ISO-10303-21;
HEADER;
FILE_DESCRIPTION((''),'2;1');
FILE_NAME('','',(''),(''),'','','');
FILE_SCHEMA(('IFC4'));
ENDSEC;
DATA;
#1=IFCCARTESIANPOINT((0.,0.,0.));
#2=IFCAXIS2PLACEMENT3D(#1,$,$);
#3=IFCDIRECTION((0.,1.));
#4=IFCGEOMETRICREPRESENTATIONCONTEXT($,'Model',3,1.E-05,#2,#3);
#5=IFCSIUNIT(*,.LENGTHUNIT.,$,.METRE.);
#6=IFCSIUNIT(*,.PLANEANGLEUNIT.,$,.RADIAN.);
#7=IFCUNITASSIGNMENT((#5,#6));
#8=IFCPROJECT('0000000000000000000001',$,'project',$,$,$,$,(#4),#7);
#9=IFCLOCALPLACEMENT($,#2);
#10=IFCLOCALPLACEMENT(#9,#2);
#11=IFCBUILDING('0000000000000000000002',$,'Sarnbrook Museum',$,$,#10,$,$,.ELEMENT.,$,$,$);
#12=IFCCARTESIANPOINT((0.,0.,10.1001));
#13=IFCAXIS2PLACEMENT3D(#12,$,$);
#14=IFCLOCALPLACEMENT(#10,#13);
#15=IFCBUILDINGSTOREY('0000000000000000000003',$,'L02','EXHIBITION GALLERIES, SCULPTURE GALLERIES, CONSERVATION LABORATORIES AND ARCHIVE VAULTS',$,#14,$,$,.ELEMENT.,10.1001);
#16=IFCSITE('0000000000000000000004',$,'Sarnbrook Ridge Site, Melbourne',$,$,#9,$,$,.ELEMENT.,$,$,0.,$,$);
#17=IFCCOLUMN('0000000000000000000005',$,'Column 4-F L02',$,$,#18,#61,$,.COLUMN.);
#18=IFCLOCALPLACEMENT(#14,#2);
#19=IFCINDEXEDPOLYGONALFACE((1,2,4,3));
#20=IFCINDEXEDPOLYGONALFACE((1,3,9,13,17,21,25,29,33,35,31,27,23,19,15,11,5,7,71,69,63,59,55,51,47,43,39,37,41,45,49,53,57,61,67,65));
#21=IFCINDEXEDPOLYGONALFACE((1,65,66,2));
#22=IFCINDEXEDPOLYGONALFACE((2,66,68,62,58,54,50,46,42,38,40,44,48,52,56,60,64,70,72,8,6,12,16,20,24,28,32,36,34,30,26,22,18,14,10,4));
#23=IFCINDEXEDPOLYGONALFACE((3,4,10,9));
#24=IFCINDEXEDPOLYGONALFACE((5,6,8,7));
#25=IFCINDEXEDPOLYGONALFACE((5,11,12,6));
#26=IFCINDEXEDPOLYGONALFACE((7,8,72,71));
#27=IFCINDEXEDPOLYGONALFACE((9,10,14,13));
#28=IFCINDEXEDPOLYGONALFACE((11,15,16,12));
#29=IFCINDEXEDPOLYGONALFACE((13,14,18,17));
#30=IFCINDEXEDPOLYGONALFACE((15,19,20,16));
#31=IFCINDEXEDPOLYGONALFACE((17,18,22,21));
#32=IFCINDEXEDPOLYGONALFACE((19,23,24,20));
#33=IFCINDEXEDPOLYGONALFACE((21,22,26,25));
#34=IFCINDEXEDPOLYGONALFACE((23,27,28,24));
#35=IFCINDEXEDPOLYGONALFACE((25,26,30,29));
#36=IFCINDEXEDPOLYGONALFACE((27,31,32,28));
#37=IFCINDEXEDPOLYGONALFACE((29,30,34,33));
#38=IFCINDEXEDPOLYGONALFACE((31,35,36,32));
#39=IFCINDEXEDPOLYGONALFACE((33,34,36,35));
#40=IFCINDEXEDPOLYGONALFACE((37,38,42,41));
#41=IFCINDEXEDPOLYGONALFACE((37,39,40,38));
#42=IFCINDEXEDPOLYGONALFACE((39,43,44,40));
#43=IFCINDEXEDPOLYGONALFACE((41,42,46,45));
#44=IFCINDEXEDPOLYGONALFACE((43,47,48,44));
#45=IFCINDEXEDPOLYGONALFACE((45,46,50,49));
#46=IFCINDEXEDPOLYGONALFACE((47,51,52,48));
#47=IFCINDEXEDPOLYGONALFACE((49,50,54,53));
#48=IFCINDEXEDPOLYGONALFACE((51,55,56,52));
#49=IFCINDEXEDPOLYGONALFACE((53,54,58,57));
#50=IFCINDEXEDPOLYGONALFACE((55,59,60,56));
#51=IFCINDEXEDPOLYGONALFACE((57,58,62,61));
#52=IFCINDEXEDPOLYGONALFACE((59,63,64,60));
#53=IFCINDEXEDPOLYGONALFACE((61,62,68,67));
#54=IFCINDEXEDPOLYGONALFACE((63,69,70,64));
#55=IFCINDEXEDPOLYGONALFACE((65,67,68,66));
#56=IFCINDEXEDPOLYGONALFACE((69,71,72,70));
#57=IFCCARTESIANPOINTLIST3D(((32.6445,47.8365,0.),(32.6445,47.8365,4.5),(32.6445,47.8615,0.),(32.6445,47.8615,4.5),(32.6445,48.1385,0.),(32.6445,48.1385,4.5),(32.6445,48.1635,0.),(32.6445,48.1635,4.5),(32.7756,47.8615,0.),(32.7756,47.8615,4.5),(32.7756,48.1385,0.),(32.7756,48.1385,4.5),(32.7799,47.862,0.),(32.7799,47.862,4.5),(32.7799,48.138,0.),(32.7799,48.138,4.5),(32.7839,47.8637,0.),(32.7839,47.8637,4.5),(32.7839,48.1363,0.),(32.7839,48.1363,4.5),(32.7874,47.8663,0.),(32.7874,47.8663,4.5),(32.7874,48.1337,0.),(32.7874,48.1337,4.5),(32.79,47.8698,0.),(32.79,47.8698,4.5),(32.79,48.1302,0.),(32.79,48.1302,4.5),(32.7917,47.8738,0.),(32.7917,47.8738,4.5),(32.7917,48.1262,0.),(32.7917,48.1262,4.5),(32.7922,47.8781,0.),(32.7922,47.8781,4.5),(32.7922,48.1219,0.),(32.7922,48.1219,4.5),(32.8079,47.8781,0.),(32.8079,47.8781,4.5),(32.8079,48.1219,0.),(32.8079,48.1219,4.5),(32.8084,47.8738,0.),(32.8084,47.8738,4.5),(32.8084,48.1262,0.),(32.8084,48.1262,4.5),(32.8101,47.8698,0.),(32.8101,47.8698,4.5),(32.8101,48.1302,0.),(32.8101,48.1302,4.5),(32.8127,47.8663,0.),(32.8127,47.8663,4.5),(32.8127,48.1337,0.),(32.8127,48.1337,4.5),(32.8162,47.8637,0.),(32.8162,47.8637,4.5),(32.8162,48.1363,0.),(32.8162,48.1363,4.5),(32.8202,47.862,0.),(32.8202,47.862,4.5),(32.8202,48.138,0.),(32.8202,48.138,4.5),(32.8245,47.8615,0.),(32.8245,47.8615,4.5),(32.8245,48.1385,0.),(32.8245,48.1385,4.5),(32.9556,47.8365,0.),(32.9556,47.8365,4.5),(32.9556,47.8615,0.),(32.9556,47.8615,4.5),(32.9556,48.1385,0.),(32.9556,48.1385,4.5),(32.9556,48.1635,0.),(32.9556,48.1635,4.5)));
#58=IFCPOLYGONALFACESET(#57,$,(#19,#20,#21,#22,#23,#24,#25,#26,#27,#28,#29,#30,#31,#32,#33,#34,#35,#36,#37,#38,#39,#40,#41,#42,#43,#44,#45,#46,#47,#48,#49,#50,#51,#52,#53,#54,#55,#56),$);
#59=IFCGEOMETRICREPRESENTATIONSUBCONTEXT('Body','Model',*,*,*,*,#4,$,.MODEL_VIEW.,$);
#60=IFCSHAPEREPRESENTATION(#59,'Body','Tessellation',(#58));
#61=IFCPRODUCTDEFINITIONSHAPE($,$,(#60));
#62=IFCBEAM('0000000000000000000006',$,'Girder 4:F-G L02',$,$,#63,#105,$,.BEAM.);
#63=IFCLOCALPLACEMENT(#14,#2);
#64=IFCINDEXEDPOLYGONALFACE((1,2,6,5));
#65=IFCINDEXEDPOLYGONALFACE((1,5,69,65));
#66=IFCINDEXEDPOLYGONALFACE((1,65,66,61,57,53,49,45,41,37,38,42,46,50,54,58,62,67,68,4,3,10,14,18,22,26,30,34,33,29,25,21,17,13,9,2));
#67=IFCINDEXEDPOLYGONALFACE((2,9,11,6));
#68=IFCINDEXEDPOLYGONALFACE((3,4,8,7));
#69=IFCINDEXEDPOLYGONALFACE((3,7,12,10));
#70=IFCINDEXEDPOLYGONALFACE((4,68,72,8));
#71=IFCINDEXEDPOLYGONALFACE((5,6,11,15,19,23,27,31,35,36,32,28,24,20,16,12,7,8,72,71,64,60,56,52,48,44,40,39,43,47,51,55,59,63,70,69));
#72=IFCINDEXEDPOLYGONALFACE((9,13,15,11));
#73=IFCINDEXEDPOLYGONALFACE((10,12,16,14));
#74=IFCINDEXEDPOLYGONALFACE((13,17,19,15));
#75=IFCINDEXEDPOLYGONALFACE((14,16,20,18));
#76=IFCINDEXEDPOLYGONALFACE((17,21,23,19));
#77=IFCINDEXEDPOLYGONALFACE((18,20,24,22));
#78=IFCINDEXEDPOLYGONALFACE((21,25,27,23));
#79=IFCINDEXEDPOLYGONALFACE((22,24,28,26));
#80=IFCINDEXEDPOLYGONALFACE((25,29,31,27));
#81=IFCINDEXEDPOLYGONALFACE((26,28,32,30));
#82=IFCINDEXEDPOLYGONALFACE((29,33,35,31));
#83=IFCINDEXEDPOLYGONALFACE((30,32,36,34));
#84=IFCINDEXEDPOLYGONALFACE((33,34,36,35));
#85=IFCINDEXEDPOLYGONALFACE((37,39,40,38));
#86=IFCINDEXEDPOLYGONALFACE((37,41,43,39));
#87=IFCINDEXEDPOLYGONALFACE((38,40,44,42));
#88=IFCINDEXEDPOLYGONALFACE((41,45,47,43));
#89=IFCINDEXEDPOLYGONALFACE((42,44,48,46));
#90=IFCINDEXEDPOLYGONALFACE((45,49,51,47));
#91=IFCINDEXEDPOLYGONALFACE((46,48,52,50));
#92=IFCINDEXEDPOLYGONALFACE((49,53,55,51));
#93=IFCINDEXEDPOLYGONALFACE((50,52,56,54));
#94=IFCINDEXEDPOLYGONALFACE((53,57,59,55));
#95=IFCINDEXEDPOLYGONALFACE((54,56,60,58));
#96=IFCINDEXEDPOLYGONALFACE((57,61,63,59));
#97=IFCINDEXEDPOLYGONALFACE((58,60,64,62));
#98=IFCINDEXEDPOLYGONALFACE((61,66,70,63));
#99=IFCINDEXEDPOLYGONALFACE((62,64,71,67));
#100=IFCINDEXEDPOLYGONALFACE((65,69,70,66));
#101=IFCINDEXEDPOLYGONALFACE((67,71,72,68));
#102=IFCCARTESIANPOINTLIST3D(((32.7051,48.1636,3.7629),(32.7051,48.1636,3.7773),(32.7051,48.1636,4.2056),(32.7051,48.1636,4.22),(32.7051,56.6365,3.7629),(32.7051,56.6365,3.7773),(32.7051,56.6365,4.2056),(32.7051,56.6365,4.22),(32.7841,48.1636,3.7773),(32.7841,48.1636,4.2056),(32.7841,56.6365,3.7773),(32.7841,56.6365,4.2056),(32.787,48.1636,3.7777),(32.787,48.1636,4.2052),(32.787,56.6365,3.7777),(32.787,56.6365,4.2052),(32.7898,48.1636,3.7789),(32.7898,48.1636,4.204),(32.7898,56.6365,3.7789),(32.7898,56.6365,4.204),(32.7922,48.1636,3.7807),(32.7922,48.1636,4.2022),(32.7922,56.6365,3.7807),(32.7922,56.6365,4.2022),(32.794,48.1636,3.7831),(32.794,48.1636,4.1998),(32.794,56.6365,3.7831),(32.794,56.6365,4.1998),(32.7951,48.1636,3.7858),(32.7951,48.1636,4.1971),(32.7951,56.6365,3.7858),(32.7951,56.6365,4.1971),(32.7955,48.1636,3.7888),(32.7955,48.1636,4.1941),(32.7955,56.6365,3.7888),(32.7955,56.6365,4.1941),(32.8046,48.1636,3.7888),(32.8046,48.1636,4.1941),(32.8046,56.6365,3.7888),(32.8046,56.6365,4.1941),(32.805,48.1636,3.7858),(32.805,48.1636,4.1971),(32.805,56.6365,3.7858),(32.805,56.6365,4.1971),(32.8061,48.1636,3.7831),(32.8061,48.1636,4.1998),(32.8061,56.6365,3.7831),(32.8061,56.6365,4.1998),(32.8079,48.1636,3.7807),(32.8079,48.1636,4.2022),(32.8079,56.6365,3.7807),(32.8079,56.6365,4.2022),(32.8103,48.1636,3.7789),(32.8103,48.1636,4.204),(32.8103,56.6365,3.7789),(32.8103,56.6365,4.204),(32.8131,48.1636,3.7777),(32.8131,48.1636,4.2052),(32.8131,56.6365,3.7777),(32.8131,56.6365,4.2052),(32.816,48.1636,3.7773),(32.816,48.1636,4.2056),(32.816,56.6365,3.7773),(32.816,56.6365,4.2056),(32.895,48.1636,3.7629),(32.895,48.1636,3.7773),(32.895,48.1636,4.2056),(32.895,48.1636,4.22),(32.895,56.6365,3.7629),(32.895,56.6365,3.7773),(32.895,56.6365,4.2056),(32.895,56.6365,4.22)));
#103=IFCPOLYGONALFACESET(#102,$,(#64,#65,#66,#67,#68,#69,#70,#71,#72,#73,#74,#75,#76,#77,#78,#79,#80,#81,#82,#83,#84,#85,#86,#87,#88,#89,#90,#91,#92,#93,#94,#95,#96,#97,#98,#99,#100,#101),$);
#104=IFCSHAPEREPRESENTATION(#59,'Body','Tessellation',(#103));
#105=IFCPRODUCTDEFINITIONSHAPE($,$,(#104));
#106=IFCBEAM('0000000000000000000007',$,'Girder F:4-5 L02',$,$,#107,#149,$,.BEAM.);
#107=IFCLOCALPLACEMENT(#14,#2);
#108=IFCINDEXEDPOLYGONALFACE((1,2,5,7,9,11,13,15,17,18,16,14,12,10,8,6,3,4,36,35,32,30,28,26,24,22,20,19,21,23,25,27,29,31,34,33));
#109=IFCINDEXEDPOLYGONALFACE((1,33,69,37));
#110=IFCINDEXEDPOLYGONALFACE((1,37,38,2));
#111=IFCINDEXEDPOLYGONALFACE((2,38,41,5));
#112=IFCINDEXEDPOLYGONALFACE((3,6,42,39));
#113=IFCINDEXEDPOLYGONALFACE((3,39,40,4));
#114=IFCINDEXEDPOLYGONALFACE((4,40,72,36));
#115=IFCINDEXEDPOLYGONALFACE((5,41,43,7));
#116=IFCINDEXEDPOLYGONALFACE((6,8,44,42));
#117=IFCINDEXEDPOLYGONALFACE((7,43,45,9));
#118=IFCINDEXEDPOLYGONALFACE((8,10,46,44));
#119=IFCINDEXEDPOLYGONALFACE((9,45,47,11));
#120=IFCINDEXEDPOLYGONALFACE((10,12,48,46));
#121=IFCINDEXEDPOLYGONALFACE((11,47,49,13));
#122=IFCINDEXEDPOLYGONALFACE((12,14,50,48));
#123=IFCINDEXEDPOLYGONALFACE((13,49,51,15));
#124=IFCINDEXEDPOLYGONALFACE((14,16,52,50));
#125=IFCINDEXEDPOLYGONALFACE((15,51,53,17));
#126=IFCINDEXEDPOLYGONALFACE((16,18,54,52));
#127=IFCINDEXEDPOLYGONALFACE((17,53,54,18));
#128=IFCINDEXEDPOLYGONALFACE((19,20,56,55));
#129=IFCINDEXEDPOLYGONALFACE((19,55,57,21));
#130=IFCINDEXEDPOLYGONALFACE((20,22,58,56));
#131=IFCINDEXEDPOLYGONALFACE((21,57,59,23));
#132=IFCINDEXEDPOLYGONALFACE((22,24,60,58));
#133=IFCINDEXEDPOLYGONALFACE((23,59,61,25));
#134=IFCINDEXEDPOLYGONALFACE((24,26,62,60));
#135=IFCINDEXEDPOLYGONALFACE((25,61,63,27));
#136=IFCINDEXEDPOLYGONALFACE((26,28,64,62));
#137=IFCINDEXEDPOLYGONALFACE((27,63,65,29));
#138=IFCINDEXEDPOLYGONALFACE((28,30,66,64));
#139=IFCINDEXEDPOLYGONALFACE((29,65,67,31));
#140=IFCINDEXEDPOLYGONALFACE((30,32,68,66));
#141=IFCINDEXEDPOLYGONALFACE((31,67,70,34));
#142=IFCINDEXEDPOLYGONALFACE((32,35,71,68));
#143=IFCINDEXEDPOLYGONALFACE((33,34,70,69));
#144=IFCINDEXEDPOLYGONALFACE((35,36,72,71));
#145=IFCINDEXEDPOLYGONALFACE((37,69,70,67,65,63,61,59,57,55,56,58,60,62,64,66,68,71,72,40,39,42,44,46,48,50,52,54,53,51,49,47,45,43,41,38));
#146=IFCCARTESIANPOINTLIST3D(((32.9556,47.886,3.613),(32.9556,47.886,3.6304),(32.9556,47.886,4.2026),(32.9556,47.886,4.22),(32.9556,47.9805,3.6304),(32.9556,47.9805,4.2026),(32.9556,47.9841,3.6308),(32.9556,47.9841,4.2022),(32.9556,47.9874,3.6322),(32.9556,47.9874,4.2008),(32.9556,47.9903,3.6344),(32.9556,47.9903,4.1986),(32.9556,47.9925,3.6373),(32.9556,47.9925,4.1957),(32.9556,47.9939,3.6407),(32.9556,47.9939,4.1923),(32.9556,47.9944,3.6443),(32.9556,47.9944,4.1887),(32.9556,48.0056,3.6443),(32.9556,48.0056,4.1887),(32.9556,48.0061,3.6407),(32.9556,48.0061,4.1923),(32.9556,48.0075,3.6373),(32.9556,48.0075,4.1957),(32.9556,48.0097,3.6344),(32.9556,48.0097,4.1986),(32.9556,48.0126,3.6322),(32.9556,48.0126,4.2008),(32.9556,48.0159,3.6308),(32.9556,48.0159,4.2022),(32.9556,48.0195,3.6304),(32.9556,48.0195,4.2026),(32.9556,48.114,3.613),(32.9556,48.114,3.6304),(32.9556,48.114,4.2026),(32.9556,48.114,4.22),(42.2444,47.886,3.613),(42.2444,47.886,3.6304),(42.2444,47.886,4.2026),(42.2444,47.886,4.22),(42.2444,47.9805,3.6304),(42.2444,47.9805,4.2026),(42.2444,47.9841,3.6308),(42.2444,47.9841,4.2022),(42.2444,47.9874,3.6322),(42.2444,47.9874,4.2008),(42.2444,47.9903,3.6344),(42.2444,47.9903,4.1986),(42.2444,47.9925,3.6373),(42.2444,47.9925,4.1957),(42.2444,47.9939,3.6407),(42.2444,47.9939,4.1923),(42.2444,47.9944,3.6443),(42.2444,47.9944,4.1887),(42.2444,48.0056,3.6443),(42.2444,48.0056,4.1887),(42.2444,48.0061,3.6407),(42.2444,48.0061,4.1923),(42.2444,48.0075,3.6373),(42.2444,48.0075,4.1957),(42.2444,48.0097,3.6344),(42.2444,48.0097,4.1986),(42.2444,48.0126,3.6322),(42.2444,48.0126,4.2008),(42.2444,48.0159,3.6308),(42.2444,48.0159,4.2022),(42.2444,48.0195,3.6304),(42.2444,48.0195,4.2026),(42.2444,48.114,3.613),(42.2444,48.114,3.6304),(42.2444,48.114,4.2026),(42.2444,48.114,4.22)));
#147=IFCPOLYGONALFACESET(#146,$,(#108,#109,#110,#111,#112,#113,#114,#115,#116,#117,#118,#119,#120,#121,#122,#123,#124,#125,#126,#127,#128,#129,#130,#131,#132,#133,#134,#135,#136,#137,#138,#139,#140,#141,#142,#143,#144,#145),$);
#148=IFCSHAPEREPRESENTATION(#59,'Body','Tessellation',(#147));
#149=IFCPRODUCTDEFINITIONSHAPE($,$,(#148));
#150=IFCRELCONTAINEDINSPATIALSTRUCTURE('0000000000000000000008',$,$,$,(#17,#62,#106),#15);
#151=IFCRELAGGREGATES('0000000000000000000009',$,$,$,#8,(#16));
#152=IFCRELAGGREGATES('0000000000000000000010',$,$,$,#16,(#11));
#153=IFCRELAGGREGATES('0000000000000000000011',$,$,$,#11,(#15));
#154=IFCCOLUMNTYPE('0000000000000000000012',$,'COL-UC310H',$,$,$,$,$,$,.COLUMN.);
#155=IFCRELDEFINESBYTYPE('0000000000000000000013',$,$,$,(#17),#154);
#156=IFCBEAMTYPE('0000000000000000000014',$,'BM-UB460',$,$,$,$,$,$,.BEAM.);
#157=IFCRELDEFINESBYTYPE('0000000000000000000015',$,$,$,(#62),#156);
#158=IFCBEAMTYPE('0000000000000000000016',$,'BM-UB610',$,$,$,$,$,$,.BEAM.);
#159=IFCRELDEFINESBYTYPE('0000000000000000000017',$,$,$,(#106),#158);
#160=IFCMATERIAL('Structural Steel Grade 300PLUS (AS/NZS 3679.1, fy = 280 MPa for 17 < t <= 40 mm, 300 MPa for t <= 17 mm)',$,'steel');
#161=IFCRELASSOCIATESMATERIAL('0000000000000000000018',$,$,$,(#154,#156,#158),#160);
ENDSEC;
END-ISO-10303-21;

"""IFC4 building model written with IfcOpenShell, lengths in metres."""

from ifc_helpers import new_model, si_unit, direction, frame, origin, origin_2d, place, context, subcontext, project, spatial, i_section, extrude, material, material_profile, profile_set, type_object, element, save


model = new_model("IFC4")

# Units and contexts
model_context = context("Model", 3, precision=1e-05, world=origin(), true_north=direction((0.0, 1.0)))
body_context = subcontext(model_context, "Body", "Model", "MODEL_VIEW")
ifc_project = project(units=[si_unit("LENGTHUNIT", "METRE"), si_unit("PLANEANGLEUNIT", "RADIAN")], contexts=[model_context])

# Site, building, storey
site_placement = place(None, origin())
site = spatial("IfcSite", under=ifc_project, at=site_placement, Name="Sarnbrook Ridge Site, Melbourne", CompositionType="ELEMENT", RefElevation=0.0)
building_placement = place(site_placement, origin())
building = spatial("IfcBuilding", under=site, at=building_placement, Name="Sarnbrook Museum", CompositionType="ELEMENT")
storey_placement = place(building_placement, frame((0.0, 0.0, 10.1001)))
storey = spatial("IfcBuildingStorey", under=building, at=storey_placement, Name="L02", Description="EXHIBITION GALLERIES, SCULPTURE GALLERIES, CONSERVATION LABORATORIES AND ARCHIVE VAULTS", CompositionType="ELEMENT", Elevation=10.1001)

# Column
ifc_material_1 = material(Name="Structural Steel Grade 300PLUS (AS/NZS 3679.1, fy = 280 MPa for 17 < t <= 40 mm, 300 MPa for t <= 17 mm)", Category="steel")
ifc_material_profile_1 = material_profile(ifc_material_1, i_section(OverallWidth=0.311, OverallDepth=0.3269, WebThickness=0.0156, FlangeThickness=0.0249, FilletRadius=0.0166, at=origin_2d()), Name="310UC158")
ifc_profile_set_1 = profile_set([ifc_material_profile_1], Name="Structural Steel Grade 300PLUS (AS/NZS 3679.1, fy = 280 MPa for 17 < t <= 40 mm, 300 MPa for t <= 17 mm)")
column_type = type_object("IfcColumnType", Name="COL-UC310H", PredefinedType="COLUMN", material=ifc_profile_set_1)
column_placement = place(storey_placement, frame((32.8, 48.0, 0.0), z_axis=(0.0, 0.0, 1.0), x_axis=(1.0, 0.0, 0.0)))
element("IfcColumn", 1, at=column_placement, inside=storey, type_object=column_type, Name="Column 4-F L02", PredefinedType="COLUMN", context=body_context, shape_type="SweptSolid", body=[
    extrude(i_section(OverallWidth=0.311, OverallDepth=0.3269, WebThickness=0.0156, FlangeThickness=0.0249, FilletRadius=0.0166, at=origin_2d()), origin(), (0.0, 0.0, 1.0), 4.5),
])

# Beams
ifc_material_profile_2 = material_profile(ifc_material_1, i_section(OverallWidth=0.1899, OverallDepth=0.457, WebThickness=0.009, FlangeThickness=0.0144, FilletRadius=0.0115, at=origin_2d()), Name="460UB74.6")
ifc_profile_set_2 = profile_set([ifc_material_profile_2], Name="Structural Steel Grade 300PLUS (AS/NZS 3679.1, fy = 280 MPa for 17 < t <= 40 mm, 300 MPa for t <= 17 mm)")
beam_type_1 = type_object("IfcBeamType", Name="BM-UB460", PredefinedType="BEAM", material=ifc_profile_set_2)
beam_1_placement = place(storey_placement, frame((32.8, 48.1636, 3.9915), z_axis=(0.0, 1.0, 0.0), x_axis=(-1.0, 0.0, 0.0)))
element("IfcBeam", 2, at=beam_1_placement, inside=storey, type_object=beam_type_1, Name="Girder 4:F-G L02", PredefinedType="BEAM", context=body_context, shape_type="SweptSolid", body=[
    extrude(i_section(OverallWidth=0.1899, OverallDepth=0.457, WebThickness=0.009, FlangeThickness=0.0144, FilletRadius=0.0115, at=origin_2d()), origin(), (0.0, 0.0, 1.0), 8.4729),
])
ifc_material_profile_3 = material_profile(ifc_material_1, i_section(OverallWidth=0.228, OverallDepth=0.6069, WebThickness=0.0112, FlangeThickness=0.0173, FilletRadius=0.0139, at=origin_2d()), Name="610UB113")
ifc_profile_set_3 = profile_set([ifc_material_profile_3], Name="Structural Steel Grade 300PLUS (AS/NZS 3679.1, fy = 280 MPa for 17 < t <= 40 mm, 300 MPa for t <= 17 mm)")
beam_type_2 = type_object("IfcBeamType", Name="BM-UB610", PredefinedType="BEAM", material=ifc_profile_set_3)
beam_2_placement = place(storey_placement, frame((32.9556, 48.0, 3.9165), z_axis=(1.0, 0.0, 0.0), x_axis=(0.0, 1.0, 0.0)))
element("IfcBeam", 3, at=beam_2_placement, inside=storey, type_object=beam_type_2, Name="Girder F:4-5 L02", PredefinedType="BEAM", context=body_context, shape_type="SweptSolid", body=[
    extrude(i_section(OverallWidth=0.228, OverallDepth=0.6069, WebThickness=0.0112, FlangeThickness=0.0173, FilletRadius=0.0139, at=origin_2d()), origin(), (0.0, 0.0, 1.0), 9.2888),
])

save(model, "model.ifc")
